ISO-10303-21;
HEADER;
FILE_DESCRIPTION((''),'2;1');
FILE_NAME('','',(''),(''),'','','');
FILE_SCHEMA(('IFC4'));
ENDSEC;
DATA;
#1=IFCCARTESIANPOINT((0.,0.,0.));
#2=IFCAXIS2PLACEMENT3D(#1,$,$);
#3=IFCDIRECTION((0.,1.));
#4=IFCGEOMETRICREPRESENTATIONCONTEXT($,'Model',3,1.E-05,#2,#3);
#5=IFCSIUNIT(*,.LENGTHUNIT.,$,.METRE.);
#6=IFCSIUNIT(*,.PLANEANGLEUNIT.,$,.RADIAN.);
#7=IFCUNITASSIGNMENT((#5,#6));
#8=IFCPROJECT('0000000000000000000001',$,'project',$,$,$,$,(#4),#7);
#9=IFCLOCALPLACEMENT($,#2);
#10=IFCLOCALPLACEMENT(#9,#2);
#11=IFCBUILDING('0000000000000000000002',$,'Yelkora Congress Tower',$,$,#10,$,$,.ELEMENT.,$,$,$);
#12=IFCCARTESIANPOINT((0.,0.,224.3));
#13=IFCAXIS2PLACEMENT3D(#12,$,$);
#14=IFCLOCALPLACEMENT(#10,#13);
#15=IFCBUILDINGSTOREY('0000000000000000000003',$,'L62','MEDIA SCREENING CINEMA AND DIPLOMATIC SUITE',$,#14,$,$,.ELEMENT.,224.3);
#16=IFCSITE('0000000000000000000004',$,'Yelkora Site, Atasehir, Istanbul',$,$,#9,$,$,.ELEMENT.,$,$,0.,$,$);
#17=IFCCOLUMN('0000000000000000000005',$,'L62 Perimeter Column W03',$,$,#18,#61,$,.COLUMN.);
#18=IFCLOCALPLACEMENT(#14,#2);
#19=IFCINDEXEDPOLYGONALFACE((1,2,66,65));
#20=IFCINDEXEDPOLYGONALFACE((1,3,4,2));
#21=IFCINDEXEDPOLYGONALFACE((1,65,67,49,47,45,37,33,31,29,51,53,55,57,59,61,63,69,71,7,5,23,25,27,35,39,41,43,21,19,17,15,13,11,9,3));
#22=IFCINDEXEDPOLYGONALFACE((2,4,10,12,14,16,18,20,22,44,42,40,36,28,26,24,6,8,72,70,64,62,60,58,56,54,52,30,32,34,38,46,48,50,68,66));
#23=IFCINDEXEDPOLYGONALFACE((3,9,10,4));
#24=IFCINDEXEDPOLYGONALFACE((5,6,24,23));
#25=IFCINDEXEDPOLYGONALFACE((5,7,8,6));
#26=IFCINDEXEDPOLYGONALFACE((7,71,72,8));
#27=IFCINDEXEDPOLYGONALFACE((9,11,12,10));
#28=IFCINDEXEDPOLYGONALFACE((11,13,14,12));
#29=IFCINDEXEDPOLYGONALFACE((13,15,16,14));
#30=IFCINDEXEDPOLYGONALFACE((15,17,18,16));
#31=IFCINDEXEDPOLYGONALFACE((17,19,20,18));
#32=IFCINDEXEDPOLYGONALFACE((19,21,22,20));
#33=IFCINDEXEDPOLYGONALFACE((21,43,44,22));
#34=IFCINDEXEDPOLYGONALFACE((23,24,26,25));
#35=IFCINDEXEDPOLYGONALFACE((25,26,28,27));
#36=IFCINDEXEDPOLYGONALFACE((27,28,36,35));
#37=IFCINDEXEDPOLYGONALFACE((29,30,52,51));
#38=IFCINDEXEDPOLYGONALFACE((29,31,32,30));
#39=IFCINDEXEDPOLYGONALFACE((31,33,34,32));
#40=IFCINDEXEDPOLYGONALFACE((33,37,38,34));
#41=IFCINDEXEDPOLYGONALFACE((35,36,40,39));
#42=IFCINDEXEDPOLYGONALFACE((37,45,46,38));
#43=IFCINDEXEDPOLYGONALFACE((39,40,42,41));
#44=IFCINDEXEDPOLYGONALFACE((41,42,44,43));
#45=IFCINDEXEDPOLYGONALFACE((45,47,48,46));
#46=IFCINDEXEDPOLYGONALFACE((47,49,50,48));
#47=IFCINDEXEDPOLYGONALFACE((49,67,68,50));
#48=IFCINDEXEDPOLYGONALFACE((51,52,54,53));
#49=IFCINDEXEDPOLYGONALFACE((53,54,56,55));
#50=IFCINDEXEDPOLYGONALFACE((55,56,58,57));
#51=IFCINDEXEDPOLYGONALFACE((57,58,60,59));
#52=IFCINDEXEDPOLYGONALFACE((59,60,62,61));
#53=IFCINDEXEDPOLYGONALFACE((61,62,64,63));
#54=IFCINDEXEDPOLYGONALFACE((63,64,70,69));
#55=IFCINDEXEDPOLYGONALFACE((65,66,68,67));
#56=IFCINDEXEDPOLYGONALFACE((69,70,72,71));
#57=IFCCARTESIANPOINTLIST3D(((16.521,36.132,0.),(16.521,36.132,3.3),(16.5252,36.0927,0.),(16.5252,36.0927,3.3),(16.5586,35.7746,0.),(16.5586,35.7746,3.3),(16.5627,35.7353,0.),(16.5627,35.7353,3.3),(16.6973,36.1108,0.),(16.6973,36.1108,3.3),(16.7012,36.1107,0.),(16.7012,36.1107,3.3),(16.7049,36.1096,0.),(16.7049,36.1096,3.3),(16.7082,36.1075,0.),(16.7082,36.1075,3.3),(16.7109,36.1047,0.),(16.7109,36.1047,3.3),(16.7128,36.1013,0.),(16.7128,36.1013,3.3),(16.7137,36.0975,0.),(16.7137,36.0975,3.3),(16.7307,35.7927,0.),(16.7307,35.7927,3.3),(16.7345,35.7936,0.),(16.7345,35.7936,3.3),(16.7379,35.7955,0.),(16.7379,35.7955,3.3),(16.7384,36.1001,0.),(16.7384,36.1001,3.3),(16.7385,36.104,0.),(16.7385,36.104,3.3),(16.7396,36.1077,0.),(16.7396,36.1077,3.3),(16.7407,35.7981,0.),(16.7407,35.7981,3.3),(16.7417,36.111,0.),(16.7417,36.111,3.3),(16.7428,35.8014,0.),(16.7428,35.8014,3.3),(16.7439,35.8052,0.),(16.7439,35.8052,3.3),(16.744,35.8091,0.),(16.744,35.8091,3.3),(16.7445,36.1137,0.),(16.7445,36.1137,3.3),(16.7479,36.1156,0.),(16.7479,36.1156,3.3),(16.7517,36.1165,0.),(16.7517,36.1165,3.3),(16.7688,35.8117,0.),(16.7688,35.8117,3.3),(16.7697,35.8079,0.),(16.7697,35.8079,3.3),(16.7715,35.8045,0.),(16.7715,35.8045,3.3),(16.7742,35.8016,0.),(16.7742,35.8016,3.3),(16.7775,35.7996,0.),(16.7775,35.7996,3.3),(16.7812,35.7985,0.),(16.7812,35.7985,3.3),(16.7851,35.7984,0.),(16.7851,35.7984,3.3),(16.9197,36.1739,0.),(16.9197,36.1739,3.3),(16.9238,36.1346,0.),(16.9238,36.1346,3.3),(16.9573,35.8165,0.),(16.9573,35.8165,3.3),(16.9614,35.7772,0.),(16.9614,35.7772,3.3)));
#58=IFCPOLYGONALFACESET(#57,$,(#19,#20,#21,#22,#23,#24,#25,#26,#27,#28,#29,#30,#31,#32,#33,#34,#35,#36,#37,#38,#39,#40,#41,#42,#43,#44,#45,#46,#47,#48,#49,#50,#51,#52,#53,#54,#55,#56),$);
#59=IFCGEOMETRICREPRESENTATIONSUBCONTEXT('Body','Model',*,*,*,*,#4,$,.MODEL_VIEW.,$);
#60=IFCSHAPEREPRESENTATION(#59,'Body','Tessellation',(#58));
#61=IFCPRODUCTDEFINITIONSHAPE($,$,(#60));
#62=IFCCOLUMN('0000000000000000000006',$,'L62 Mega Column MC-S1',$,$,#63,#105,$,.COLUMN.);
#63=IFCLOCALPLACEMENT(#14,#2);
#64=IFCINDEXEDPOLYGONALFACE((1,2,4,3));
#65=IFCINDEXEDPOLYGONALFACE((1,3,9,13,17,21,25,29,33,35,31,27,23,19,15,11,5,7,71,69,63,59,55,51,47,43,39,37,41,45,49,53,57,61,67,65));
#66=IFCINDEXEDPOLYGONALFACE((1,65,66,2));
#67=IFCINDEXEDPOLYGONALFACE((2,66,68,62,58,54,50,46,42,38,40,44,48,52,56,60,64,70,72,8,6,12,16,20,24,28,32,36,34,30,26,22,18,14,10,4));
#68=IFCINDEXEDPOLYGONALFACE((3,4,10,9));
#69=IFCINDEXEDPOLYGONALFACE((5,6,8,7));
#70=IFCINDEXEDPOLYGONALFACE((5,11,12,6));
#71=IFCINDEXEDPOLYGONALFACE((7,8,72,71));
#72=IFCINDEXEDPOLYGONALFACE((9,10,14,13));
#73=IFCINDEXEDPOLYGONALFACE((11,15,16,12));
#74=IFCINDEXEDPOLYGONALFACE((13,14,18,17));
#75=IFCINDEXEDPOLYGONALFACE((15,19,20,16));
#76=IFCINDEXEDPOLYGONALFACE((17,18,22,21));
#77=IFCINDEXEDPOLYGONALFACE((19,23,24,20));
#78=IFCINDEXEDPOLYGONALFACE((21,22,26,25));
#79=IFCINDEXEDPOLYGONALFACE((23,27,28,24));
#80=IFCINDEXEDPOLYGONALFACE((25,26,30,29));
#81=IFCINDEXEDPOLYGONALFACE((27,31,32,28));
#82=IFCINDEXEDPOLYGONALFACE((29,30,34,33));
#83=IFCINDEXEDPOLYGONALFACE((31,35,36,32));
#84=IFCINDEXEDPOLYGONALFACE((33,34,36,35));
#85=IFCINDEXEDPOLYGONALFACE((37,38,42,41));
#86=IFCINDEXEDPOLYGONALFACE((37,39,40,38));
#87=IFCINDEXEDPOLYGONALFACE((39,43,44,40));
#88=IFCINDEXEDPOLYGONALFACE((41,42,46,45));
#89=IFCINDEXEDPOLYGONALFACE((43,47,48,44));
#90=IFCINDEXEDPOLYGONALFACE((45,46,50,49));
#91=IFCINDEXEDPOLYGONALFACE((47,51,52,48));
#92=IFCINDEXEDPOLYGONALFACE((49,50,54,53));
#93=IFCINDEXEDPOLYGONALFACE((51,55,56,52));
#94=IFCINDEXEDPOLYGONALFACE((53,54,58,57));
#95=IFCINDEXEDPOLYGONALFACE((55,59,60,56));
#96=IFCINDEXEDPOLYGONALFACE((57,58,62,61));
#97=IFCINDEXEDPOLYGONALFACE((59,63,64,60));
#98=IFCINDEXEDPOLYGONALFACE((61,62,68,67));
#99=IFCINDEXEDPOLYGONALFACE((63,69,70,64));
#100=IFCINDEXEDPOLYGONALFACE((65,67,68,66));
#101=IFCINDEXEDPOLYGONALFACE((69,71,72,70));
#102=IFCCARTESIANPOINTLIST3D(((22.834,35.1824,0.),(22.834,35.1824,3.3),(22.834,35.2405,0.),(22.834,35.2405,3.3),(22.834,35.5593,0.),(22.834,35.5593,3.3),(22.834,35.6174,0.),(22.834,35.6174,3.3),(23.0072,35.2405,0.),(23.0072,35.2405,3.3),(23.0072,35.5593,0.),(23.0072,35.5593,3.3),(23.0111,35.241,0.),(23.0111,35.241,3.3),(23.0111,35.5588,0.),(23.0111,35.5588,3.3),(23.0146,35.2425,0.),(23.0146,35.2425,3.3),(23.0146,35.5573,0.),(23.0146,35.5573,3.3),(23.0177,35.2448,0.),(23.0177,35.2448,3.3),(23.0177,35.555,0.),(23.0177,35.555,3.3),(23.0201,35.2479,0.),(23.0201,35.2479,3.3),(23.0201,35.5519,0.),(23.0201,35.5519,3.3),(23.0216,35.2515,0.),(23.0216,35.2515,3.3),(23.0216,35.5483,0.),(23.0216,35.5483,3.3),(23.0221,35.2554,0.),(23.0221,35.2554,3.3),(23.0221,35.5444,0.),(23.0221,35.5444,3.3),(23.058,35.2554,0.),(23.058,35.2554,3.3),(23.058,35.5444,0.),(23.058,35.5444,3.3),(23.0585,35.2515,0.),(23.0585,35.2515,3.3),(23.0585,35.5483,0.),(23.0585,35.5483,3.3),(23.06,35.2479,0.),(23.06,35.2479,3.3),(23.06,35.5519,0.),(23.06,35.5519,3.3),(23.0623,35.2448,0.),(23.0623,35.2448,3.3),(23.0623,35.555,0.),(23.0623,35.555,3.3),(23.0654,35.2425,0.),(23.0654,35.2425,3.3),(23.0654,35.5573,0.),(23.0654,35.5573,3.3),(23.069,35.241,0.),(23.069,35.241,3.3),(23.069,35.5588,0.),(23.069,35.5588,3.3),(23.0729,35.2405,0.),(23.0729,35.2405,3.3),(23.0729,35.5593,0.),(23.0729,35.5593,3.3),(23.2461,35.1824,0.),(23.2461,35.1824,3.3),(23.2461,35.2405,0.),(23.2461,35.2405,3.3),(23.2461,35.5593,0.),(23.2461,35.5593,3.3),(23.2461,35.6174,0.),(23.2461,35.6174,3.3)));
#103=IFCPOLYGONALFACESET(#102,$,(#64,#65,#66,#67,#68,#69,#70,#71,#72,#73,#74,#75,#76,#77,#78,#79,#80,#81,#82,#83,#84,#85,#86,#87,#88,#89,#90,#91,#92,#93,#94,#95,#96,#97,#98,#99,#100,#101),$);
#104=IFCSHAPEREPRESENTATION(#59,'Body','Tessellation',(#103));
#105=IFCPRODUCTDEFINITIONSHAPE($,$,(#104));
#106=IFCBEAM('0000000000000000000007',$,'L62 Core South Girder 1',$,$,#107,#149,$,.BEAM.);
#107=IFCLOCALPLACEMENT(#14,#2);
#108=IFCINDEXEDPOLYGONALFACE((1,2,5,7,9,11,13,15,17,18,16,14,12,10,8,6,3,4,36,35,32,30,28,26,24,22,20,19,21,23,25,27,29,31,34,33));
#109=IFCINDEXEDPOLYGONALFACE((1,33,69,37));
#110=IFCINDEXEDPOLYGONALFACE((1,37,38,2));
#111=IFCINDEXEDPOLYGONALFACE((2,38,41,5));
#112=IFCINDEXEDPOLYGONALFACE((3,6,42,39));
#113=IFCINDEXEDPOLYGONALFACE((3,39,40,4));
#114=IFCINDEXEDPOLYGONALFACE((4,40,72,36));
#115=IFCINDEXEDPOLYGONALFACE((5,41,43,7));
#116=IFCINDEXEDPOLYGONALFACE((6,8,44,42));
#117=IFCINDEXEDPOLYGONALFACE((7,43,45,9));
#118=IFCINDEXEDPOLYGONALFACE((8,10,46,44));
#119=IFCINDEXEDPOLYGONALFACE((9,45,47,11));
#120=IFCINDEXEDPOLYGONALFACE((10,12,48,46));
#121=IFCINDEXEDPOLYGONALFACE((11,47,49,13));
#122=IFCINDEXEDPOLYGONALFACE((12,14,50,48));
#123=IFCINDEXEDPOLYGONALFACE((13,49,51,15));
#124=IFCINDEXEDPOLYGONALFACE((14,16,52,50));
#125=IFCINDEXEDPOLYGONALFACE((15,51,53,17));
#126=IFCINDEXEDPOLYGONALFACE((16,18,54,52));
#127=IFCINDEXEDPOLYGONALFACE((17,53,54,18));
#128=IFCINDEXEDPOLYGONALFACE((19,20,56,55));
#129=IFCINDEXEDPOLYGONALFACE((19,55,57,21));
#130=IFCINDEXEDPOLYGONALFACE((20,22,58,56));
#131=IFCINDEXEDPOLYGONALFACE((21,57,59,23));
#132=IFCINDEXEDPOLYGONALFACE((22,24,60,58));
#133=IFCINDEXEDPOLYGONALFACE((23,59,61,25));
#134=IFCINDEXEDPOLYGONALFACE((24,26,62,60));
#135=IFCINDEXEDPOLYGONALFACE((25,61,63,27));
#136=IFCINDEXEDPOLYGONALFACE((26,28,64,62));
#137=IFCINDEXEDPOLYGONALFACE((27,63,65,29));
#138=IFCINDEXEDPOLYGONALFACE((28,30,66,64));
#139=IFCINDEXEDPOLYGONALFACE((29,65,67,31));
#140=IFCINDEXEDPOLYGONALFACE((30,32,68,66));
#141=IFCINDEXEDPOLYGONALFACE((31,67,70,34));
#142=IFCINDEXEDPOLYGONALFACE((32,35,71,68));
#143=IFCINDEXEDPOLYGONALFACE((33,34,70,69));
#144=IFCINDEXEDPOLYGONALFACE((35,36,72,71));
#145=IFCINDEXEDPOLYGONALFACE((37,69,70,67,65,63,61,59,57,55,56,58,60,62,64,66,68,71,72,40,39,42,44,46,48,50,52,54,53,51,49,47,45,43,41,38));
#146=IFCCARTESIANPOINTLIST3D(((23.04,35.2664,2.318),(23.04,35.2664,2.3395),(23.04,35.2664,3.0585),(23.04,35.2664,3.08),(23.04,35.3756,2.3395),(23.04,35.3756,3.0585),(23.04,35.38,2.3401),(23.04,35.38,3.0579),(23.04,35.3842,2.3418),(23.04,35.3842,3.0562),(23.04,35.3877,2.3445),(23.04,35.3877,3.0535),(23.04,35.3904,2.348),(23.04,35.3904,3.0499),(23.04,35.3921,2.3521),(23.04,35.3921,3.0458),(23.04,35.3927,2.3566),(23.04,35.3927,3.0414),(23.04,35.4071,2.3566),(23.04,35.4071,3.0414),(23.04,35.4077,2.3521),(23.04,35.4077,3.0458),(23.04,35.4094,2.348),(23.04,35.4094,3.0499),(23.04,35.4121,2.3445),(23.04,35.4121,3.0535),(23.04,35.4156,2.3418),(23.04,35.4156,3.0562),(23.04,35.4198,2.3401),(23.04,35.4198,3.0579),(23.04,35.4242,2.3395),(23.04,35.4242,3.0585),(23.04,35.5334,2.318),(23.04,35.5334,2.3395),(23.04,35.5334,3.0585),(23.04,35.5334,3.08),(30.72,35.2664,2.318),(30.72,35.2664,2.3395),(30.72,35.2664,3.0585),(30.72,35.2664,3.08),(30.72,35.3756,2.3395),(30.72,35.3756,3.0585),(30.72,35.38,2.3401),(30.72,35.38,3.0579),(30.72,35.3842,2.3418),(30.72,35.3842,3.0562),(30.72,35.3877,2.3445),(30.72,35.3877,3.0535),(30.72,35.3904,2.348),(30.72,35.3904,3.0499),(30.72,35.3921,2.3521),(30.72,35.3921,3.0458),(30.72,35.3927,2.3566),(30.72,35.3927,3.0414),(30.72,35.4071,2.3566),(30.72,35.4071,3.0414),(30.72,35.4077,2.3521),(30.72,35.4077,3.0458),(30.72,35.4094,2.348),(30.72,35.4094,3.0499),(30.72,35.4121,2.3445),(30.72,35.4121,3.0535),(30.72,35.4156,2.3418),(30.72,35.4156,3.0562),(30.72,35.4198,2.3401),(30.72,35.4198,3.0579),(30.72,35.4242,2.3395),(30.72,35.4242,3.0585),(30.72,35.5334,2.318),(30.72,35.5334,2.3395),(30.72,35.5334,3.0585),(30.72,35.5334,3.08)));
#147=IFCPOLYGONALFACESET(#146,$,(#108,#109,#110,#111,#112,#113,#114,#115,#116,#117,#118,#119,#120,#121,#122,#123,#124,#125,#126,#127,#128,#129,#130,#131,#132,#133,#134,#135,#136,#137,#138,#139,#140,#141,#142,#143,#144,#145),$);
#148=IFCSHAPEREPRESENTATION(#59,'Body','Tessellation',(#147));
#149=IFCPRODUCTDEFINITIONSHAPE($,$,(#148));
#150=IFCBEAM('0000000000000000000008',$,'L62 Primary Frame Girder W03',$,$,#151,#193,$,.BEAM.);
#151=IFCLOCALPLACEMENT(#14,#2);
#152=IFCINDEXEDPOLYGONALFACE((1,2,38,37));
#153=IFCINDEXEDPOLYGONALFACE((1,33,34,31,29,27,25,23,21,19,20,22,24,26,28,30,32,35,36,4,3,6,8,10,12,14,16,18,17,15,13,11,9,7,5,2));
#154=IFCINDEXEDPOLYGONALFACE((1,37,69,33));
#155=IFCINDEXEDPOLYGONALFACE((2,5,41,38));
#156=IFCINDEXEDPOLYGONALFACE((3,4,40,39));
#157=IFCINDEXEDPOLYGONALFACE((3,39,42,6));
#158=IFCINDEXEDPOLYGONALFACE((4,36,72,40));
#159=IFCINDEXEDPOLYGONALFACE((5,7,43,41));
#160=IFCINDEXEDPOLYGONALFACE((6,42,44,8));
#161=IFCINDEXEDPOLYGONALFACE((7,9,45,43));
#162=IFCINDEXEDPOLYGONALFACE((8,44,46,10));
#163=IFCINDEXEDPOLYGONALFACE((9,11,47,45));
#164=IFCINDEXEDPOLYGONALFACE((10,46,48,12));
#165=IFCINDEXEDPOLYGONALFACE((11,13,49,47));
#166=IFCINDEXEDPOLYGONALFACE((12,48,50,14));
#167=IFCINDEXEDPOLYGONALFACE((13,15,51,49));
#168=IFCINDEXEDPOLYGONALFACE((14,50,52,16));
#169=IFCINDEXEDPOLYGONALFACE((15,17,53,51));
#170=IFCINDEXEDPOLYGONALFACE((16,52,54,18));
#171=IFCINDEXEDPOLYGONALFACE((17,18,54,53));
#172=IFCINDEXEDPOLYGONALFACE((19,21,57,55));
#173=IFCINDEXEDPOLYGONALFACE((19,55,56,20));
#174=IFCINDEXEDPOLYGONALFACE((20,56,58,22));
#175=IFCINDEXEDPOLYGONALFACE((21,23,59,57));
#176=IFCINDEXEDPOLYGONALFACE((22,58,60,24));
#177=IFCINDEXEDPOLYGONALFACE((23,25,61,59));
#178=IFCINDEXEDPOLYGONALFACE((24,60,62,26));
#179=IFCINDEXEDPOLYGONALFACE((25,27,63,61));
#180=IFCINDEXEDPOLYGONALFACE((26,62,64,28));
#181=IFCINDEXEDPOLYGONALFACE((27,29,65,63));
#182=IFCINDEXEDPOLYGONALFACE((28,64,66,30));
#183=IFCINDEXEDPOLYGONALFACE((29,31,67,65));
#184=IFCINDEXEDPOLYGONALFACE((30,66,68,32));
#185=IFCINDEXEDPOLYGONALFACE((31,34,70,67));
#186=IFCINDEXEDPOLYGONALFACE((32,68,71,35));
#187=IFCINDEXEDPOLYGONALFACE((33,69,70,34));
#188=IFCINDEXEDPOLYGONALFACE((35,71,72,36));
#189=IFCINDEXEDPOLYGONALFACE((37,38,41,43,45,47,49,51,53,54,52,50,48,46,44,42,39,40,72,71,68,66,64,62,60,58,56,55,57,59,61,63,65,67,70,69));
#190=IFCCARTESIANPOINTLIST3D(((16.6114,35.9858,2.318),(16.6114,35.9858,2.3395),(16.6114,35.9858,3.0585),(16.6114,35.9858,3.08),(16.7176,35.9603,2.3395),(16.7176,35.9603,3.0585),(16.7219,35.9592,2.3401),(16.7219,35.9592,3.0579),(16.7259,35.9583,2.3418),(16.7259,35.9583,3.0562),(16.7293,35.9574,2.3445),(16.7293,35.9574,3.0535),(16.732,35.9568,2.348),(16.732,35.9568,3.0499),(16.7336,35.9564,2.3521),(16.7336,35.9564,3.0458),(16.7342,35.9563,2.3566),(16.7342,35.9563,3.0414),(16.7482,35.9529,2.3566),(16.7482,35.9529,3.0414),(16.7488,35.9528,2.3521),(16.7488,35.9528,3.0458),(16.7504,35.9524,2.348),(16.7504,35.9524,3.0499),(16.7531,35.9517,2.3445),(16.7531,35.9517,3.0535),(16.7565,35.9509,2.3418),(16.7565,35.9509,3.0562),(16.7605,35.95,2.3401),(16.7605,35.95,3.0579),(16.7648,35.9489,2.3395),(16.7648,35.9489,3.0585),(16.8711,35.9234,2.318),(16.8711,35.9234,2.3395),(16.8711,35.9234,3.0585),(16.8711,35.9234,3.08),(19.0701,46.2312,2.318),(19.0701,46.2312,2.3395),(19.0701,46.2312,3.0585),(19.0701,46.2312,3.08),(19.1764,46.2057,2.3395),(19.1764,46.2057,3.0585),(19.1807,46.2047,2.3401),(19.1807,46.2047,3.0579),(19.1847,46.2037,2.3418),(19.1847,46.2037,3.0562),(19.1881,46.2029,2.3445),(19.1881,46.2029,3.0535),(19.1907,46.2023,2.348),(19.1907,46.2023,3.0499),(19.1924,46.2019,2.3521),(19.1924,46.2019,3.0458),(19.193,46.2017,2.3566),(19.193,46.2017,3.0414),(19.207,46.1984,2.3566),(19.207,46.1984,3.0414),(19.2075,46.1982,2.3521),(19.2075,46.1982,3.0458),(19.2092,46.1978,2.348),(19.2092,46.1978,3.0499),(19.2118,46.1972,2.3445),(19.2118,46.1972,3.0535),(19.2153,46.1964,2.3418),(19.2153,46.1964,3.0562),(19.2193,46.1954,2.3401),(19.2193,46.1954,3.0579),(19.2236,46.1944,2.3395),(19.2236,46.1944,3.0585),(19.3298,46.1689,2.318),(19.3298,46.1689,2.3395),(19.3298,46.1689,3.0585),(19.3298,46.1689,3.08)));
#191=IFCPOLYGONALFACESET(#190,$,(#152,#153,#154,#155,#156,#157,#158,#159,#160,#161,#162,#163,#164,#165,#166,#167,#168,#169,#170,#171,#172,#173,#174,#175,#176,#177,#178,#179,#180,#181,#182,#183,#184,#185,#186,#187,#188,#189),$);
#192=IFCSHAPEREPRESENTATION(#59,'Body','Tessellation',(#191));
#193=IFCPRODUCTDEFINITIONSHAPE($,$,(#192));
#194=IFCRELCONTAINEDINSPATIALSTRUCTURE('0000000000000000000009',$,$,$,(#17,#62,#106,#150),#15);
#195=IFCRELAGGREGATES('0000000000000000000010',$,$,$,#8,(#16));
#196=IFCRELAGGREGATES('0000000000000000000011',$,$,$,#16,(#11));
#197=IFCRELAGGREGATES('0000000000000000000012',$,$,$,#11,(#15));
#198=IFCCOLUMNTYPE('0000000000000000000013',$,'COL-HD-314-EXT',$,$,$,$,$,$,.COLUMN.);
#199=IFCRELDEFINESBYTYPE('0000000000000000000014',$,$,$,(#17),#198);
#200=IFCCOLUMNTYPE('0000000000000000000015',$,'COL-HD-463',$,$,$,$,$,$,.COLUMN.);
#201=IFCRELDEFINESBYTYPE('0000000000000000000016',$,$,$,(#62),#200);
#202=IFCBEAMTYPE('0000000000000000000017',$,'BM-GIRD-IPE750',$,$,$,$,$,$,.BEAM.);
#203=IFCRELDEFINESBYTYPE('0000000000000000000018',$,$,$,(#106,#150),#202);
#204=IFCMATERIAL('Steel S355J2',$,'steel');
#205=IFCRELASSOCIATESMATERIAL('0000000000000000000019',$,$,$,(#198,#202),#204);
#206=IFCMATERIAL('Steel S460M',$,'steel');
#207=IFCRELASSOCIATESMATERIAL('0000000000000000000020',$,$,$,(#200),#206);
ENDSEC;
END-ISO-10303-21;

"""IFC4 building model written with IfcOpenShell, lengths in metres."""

from ifc_helpers import new_model, si_unit, direction, frame, origin, origin_2d, place, context, subcontext, project, spatial, i_section, extrude, material, material_profile, profile_set, type_object, element, save


model = new_model("IFC4")

# Units and contexts
model_context = context("Model", 3, precision=1e-05, world=origin(), true_north=direction((0.0, 1.0)))
body_context = subcontext(model_context, "Body", "Model", "MODEL_VIEW")
ifc_project = project(units=[si_unit("LENGTHUNIT", "METRE"), si_unit("PLANEANGLEUNIT", "RADIAN")], contexts=[model_context])

# Site, building, storey
site_placement = place(None, origin())
site = spatial("IfcSite", under=ifc_project, at=site_placement, Name="Yelkora Site, Atasehir, Istanbul", CompositionType="ELEMENT", RefElevation=0.0)
building_placement = place(site_placement, origin())
building = spatial("IfcBuilding", under=site, at=building_placement, Name="Yelkora Congress Tower", CompositionType="ELEMENT")
storey_placement = place(building_placement, frame((0.0, 0.0, 224.3)))
storey = spatial("IfcBuildingStorey", under=building, at=storey_placement, Name="L62", Description="MEDIA SCREENING CINEMA AND DIPLOMATIC SUITE", CompositionType="ELEMENT", Elevation=224.3)

# Columns
ifc_material_1 = material(Name="Steel S355J2", Category="steel")
ifc_material_profile_1 = material_profile(ifc_material_1, i_section(OverallWidth=0.4009, OverallDepth=0.3989, WebThickness=0.0249, FlangeThickness=0.0396, FilletRadius=0.0149, at=origin_2d()), Name="HD 400x314")
ifc_profile_set_1 = profile_set([ifc_material_profile_1], Name="Steel S355J2")
column_type_1 = type_object("IfcColumnType", Name="COL-HD-314-EXT", PredefinedType="COLUMN", material=ifc_profile_set_1)
column_1_placement = place(storey_placement, frame((16.7412, 35.9546, 0.0), z_axis=(0.0, 0.0, 1.0), x_axis=(0.994522, 0.104528, 0.0)))
element("IfcColumn", 1, at=column_1_placement, inside=storey, type_object=column_type_1, Name="L62 Perimeter Column W03", PredefinedType="COLUMN", context=body_context, shape_type="SweptSolid", body=[
    extrude(i_section(OverallWidth=0.4009, OverallDepth=0.3989, WebThickness=0.0249, FlangeThickness=0.0396, FilletRadius=0.0149, at=origin_2d()), origin(), (0.0, 0.0, 1.0), 3.3),
])
ifc_material_2 = material(Name="Steel S460M", Category="steel")
ifc_material_profile_2 = material_profile(ifc_material_2, i_section(OverallWidth=0.4121, OverallDepth=0.4351, WebThickness=0.0359, FlangeThickness=0.0581, FilletRadius=0.0149, at=origin_2d()), Name="HD 400x463")
ifc_profile_set_2 = profile_set([ifc_material_profile_2], Name="Steel S460M")
column_type_2 = type_object("IfcColumnType", Name="COL-HD-463", PredefinedType="COLUMN", material=ifc_profile_set_2)
column_2_placement = place(storey_placement, frame((23.04, 35.3999, 0.0), z_axis=(0.0, 0.0, 1.0), x_axis=(1.0, 0.0, 0.0)))
element("IfcColumn", 2, at=column_2_placement, inside=storey, type_object=column_type_2, Name="L62 Mega Column MC-S1", PredefinedType="COLUMN", context=body_context, shape_type="SweptSolid", body=[
    extrude(i_section(OverallWidth=0.4121, OverallDepth=0.4351, WebThickness=0.0359, FlangeThickness=0.0581, FilletRadius=0.0149, at=origin_2d()), origin(), (0.0, 0.0, 1.0), 3.3),
])

# Beams
ifc_material_profile_3 = material_profile(ifc_material_1, i_section(OverallWidth=0.2671, OverallDepth=0.762, WebThickness=0.0144, FlangeThickness=0.0215, FilletRadius=0.0171, at=origin_2d()), Name="IPE 750x173")
ifc_profile_set_3 = profile_set([ifc_material_profile_3], Name="Steel S355J2")
beam_type_1 = type_object("IfcBeamType", Name="BM-GIRD-IPE750", PredefinedType="BEAM", material=ifc_profile_set_3)
beam_1_placement = place(storey_placement, frame((23.04, 35.3999, 2.699), z_axis=(1.0, 0.0, 0.0), x_axis=(0.0, 1.0, 0.0)))
element("IfcBeam", 3, at=beam_1_placement, inside=storey, type_object=beam_type_1, Name="L62 Core South Girder 1", PredefinedType="BEAM", context=body_context, shape_type="SweptSolid", body=[
    extrude(i_section(OverallWidth=0.2671, OverallDepth=0.762, WebThickness=0.0144, FlangeThickness=0.0215, FilletRadius=0.0171, at=origin_2d()), origin(), (0.0, 0.0, 1.0), 7.6799),
])
beam_2_placement = place(storey_placement, frame((16.7412, 35.9546, 2.699), z_axis=(0.23336, 0.97239, 0.0), x_axis=(-0.97239, 0.23336, 0.0)))
element("IfcBeam", 4, at=beam_2_placement, inside=storey, type_object=beam_type_1, Name="L62 Primary Frame Girder W03", PredefinedType="BEAM", context=body_context, shape_type="SweptSolid", body=[
    extrude(i_section(OverallWidth=0.2671, OverallDepth=0.762, WebThickness=0.0144, FlangeThickness=0.0215, FilletRadius=0.0171, at=origin_2d()), origin(), (0.0, 0.0, 1.0), 10.5364),
])

save(model, "model.ifc")
